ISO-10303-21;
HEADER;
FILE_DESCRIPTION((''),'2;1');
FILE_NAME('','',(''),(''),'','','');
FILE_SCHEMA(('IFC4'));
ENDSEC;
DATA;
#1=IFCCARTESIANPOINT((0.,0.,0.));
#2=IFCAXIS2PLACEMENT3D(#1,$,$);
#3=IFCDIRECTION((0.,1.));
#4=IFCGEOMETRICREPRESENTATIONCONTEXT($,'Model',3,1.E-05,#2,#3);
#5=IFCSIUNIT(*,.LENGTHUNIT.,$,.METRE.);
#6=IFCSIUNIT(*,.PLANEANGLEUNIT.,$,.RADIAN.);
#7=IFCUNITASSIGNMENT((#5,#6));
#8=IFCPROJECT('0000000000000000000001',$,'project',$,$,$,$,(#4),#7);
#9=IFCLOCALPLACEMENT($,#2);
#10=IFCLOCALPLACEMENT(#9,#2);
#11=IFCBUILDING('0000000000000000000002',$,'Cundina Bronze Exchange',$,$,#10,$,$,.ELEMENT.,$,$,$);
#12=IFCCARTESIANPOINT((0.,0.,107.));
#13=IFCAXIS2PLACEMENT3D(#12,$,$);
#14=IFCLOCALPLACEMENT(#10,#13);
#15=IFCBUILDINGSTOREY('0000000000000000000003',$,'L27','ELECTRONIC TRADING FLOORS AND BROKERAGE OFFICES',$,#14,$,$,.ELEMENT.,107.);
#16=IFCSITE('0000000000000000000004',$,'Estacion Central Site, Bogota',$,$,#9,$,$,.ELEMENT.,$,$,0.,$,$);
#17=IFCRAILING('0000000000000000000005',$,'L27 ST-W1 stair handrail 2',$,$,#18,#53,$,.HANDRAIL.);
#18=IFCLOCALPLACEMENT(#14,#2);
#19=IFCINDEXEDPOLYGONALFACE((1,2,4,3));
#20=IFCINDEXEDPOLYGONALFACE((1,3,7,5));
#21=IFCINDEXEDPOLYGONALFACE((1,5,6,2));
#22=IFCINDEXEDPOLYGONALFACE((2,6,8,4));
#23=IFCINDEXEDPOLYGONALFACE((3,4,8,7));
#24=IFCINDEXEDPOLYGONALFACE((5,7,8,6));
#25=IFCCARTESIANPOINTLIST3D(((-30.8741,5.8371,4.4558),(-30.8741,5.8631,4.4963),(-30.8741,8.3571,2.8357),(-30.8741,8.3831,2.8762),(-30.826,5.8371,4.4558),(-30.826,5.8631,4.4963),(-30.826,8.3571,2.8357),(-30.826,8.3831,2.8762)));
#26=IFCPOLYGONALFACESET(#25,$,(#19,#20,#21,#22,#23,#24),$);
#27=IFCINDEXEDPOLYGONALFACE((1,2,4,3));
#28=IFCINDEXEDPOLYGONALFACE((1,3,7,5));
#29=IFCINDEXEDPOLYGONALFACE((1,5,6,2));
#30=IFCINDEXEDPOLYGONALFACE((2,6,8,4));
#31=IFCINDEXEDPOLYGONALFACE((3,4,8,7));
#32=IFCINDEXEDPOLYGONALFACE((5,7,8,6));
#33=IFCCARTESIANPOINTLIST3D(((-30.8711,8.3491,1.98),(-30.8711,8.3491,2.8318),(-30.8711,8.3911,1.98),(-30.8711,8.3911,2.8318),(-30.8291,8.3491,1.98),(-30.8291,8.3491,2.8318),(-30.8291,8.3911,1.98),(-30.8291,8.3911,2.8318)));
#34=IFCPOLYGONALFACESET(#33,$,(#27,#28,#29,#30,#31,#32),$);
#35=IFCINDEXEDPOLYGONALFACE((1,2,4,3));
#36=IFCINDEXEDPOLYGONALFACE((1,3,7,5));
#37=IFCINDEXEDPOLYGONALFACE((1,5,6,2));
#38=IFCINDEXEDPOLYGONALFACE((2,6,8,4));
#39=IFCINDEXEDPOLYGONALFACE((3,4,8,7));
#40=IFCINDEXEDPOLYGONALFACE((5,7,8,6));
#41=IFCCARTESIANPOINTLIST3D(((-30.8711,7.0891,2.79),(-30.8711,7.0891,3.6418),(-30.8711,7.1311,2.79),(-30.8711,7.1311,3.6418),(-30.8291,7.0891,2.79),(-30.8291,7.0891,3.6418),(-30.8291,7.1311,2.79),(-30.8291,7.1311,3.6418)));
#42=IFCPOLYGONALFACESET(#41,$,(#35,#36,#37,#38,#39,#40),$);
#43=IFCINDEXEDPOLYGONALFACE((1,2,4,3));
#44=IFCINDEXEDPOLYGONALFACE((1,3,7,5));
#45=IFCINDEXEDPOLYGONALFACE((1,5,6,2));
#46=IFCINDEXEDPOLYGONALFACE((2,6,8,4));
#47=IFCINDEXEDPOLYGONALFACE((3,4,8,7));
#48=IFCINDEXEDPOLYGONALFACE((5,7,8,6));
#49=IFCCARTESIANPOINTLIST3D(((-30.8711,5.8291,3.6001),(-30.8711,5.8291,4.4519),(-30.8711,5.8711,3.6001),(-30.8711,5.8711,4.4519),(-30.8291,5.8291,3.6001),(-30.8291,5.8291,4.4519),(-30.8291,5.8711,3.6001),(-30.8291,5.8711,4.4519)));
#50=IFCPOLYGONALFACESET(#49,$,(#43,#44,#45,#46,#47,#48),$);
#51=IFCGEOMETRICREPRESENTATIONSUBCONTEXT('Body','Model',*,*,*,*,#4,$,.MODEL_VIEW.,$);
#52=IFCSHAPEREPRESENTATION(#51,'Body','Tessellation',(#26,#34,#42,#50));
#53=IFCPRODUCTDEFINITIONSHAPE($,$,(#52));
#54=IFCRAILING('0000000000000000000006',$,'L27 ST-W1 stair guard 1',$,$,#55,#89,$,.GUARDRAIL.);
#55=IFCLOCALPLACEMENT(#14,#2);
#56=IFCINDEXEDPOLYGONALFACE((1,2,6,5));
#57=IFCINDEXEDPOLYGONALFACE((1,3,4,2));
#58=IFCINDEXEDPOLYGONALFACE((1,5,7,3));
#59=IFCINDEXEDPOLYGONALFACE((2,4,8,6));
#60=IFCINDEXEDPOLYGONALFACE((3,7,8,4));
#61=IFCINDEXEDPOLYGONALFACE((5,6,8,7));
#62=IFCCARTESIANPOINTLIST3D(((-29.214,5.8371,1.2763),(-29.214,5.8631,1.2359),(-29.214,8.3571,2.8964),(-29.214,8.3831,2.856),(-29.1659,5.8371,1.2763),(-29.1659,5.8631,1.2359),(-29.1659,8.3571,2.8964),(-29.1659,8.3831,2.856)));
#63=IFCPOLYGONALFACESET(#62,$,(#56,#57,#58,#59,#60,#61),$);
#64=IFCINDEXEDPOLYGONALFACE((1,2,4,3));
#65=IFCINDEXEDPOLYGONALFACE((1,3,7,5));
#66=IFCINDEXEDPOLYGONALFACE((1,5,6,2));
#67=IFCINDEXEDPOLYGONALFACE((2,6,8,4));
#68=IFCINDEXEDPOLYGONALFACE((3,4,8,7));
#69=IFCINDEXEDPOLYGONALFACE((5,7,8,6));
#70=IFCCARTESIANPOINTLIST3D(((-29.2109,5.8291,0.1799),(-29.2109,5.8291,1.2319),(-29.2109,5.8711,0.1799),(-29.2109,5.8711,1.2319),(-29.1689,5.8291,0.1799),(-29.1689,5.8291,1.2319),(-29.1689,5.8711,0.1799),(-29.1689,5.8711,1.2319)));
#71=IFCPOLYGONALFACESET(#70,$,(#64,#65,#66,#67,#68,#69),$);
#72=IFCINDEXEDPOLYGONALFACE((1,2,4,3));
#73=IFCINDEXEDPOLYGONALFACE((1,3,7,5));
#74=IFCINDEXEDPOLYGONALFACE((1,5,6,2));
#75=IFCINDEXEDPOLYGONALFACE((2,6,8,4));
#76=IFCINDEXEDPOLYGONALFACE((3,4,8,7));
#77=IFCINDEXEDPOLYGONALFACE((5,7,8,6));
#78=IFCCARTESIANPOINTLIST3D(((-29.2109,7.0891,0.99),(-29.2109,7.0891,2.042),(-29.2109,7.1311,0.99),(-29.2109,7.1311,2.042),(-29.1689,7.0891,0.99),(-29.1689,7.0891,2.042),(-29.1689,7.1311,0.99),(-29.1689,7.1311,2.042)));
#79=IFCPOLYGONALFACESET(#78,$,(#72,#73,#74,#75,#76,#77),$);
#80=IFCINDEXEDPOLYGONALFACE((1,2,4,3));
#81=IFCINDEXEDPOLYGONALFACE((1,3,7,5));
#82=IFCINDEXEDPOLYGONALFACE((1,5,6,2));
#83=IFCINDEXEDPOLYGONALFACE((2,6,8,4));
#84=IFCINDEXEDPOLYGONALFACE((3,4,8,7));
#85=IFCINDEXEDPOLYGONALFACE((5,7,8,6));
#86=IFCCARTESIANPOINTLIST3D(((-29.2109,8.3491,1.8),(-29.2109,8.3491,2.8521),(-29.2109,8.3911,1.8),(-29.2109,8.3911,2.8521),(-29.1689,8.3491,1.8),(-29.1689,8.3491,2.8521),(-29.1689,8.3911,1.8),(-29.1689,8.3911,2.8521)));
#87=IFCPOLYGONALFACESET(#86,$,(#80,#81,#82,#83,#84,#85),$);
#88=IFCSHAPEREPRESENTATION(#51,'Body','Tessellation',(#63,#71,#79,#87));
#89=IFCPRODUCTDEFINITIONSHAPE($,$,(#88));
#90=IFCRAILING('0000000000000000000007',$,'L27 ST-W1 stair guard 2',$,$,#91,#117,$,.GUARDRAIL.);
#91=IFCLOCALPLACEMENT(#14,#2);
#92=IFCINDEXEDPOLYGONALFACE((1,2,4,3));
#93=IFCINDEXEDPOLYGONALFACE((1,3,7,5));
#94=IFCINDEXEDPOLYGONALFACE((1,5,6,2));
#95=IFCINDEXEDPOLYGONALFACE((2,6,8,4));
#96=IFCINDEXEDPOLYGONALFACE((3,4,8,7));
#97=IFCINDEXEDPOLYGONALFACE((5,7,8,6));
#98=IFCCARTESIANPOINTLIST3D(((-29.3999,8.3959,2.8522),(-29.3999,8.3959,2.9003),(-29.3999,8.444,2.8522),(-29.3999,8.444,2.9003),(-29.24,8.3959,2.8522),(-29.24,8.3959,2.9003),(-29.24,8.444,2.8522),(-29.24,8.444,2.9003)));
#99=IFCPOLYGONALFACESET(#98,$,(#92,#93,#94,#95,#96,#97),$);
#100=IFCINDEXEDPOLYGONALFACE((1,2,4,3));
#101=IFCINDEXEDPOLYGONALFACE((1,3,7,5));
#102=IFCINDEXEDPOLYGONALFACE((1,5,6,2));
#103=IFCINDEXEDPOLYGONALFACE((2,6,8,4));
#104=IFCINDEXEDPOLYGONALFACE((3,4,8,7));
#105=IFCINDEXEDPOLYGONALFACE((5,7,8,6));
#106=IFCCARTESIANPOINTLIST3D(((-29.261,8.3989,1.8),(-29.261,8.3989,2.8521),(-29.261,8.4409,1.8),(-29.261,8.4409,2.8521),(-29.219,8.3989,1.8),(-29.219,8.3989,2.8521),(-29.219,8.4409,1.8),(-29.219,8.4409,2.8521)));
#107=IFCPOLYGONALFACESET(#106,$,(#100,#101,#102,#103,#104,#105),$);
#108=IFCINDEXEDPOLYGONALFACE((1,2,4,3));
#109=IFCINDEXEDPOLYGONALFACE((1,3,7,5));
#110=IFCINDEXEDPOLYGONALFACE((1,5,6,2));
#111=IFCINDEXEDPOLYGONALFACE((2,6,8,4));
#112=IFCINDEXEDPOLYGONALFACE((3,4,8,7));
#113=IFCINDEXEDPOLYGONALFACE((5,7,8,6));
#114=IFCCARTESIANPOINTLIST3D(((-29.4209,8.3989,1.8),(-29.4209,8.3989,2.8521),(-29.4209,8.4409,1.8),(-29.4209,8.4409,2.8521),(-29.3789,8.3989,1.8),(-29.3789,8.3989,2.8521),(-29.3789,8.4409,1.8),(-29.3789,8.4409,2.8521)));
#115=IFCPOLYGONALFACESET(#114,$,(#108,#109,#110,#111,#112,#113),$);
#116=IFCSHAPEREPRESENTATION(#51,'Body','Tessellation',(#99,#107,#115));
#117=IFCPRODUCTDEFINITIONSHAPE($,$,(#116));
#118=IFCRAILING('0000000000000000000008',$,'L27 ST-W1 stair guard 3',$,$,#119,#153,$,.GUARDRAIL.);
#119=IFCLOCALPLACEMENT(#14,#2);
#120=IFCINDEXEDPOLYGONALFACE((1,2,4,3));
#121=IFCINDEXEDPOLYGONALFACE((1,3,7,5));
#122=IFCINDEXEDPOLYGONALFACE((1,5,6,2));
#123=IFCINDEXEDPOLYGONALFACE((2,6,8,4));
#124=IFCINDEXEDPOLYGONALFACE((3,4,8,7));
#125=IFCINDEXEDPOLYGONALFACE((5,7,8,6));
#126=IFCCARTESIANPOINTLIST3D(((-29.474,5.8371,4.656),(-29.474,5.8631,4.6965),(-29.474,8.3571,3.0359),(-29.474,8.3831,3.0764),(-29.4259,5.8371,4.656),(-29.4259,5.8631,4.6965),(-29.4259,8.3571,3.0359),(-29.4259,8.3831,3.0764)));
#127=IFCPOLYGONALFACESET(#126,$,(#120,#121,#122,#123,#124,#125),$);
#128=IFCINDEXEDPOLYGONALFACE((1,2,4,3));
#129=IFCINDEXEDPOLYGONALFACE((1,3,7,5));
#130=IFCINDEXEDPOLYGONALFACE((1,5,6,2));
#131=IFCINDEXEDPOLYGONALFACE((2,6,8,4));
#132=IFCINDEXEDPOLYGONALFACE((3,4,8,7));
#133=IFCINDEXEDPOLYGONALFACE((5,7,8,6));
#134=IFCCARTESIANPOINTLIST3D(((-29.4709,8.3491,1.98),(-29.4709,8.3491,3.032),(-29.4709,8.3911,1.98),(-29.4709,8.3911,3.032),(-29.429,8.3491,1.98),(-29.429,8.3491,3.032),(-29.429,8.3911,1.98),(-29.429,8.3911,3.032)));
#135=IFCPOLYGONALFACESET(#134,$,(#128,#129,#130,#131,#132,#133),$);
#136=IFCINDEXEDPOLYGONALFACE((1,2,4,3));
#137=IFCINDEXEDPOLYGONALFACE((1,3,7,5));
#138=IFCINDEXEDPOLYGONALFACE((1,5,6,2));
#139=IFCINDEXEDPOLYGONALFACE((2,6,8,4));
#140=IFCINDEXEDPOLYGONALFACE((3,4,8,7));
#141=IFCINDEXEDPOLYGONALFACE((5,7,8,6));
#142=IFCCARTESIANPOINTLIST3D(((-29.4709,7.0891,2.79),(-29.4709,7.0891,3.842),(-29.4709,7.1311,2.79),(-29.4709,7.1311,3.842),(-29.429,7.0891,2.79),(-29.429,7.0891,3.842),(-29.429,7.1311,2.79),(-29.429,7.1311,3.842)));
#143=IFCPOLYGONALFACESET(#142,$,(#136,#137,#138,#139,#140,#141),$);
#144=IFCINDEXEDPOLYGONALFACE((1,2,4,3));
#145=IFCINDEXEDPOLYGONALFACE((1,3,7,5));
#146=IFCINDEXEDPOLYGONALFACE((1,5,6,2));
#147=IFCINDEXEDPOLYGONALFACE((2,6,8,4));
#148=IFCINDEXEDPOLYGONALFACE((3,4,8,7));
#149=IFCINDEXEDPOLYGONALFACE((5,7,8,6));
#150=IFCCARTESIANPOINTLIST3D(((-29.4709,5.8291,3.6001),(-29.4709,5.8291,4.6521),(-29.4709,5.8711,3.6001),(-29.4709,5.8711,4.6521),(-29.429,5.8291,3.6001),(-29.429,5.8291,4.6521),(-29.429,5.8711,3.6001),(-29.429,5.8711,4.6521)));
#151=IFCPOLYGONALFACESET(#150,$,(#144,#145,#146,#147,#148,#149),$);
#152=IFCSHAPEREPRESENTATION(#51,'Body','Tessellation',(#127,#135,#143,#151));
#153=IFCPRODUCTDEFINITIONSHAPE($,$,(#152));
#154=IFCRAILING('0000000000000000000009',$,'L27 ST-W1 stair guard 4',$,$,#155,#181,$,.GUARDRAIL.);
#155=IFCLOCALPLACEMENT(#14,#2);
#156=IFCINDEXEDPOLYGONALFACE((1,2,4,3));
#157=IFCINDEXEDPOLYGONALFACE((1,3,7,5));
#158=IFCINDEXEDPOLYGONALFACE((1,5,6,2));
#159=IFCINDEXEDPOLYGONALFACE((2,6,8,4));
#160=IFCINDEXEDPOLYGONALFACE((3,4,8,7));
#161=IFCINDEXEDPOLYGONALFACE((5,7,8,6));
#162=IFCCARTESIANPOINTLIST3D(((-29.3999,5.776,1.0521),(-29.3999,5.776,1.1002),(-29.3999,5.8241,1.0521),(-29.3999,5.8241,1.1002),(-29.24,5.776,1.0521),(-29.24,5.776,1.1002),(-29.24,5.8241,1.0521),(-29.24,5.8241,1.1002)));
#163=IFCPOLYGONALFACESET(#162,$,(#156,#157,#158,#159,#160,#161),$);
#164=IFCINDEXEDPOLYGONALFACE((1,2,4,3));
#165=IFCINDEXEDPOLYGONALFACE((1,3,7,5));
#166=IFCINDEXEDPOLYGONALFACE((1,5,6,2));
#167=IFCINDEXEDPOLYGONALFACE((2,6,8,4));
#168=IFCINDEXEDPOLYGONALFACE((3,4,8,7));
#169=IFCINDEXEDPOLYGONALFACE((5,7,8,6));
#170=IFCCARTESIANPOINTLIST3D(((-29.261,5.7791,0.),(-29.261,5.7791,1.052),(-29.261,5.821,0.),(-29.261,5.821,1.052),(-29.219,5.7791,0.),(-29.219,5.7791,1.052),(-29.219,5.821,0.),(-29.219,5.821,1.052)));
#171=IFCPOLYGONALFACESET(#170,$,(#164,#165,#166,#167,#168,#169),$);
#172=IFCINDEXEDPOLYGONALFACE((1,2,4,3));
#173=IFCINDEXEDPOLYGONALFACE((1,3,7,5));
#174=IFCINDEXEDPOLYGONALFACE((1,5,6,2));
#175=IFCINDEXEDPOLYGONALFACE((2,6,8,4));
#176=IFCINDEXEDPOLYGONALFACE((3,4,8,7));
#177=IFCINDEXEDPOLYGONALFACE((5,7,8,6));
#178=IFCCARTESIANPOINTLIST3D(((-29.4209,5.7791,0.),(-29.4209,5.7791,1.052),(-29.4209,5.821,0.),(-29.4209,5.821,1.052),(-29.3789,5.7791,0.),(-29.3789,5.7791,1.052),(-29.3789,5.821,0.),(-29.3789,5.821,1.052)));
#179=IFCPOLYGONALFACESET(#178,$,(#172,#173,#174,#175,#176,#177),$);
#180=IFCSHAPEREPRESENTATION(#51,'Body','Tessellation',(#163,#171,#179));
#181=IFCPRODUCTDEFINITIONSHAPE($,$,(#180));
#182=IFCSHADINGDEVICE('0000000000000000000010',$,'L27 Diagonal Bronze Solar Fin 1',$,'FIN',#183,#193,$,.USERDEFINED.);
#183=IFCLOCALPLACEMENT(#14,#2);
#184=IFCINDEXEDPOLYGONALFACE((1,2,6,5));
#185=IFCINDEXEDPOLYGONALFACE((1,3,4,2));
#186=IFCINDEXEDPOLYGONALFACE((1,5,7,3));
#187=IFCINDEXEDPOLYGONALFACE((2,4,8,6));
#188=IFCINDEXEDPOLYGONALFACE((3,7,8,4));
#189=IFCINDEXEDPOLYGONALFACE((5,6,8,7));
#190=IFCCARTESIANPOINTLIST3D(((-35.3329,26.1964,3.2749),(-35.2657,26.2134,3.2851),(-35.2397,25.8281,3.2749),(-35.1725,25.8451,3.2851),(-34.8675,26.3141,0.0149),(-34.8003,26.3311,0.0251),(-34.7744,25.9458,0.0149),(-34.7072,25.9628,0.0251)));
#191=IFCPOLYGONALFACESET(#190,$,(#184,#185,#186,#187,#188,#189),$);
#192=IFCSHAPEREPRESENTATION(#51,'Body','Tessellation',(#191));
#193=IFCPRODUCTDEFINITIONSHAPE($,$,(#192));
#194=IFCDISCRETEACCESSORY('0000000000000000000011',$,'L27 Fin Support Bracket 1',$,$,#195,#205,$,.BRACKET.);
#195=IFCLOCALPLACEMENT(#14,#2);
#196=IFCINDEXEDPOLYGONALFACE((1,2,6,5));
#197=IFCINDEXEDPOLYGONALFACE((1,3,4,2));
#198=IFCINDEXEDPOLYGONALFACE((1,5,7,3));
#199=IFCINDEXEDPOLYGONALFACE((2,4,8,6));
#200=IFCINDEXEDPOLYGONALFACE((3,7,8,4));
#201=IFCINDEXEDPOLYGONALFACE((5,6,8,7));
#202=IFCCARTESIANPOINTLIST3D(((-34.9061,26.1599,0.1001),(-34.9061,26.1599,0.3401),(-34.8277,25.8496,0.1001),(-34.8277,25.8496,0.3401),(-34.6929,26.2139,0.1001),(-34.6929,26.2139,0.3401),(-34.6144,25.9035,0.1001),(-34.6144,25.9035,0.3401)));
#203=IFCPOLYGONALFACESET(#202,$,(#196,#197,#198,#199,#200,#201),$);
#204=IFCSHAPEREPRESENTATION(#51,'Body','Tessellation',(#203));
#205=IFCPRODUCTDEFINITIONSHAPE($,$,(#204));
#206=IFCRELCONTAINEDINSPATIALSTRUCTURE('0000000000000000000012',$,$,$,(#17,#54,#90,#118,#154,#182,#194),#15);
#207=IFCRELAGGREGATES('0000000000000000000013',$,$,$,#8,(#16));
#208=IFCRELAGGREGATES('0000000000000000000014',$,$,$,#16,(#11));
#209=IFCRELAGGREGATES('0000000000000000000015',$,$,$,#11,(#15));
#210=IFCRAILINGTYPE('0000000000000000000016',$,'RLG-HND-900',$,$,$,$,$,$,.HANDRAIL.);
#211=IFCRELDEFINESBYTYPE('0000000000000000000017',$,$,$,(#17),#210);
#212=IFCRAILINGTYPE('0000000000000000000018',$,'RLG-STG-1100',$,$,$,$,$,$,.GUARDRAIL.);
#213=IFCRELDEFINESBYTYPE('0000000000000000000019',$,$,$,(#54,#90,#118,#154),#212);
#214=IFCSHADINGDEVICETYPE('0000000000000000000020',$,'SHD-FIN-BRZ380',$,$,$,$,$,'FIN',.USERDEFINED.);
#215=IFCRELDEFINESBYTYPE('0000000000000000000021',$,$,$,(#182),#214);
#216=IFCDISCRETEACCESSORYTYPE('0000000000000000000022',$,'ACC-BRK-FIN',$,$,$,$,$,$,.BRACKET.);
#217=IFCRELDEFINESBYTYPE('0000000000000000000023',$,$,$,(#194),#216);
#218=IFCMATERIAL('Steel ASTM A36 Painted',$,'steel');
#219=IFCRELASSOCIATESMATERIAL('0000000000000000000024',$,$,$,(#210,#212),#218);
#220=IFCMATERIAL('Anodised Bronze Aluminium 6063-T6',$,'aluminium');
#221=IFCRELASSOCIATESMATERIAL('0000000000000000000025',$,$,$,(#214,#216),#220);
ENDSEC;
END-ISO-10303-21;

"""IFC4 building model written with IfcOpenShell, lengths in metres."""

from ifc_helpers import new_model, si_unit, direction, frame, origin, origin_2d, place, context, subcontext, project, spatial, rectangle, extrude, material, material_profile, profile_set, type_object, element, save


model = new_model("IFC4")

# Units and contexts
model_context = context("Model", 3, precision=1e-05, world=origin(), true_north=direction((0.0, 1.0)))
body_context = subcontext(model_context, "Body", "Model", "MODEL_VIEW")
ifc_project = project(units=[si_unit("LENGTHUNIT", "METRE"), si_unit("PLANEANGLEUNIT", "RADIAN")], contexts=[model_context])

# Site, building, storey
site_placement = place(None, origin())
site = spatial("IfcSite", under=ifc_project, at=site_placement, Name="Estacion Central Site, Bogota", CompositionType="ELEMENT", RefElevation=0.0)
building_placement = place(site_placement, origin())
building = spatial("IfcBuilding", under=site, at=building_placement, Name="Cundina Bronze Exchange", CompositionType="ELEMENT")
storey_placement = place(building_placement, frame((0.0, 0.0, 107.0)))
storey = spatial("IfcBuildingStorey", under=building, at=storey_placement, Name="L27", Description="ELECTRONIC TRADING FLOORS AND BROKERAGE OFFICES", CompositionType="ELEMENT", Elevation=107.0)

# Shared definitions
ifc_material_1 = material(Name="Anodised Bronze Aluminium 6063-T6", Category="aluminium")

# Shared definitions
ifc_material_2 = material(Name="Steel ASTM A36 Painted", Category="steel")

# Railings
railing_type_1 = type_object("IfcRailingType", Name="RLG-HND-900", PredefinedType="HANDRAIL", material=ifc_material_2)
railing_1_placement = place(storey_placement, frame((-30.8501, 8.3701, 1.98)))
element("IfcRailing", 1, at=railing_1_placement, inside=storey, type_object=railing_type_1, Name="L27 ST-W1 stair handrail 2", PredefinedType="HANDRAIL", context=body_context, shape_type="SweptSolid", body=[
    extrude(rectangle(XDim=0.0481, YDim=0.0481, at=origin_2d()), frame((0.0, 0.0, 0.876), z_axis=(0.0, -0.841163, 0.540782), x_axis=(1.0, 0.0, 0.0)), (0.0, 0.0, 1.0), 2.9958),
    extrude(rectangle(XDim=0.042, YDim=0.042, at=origin_2d()), origin(), (0.0, 0.0, 1.0), 0.8518),
    extrude(rectangle(XDim=0.042, YDim=0.042, at=origin_2d()), frame((0.0, -1.26, 0.8101)), (0.0, 0.0, 1.0), 0.8518),
    extrude(rectangle(XDim=0.042, YDim=0.042, at=origin_2d()), frame((0.0, -2.52, 1.6201)), (0.0, 0.0, 1.0), 0.8518),
])
railing_type_2 = type_object("IfcRailingType", Name="RLG-STG-1100", PredefinedType="GUARDRAIL", material=ifc_material_2)
railing_2_placement = place(storey_placement, frame((-29.1899, 5.8501, 0.1799)))
element("IfcRailing", 2, at=railing_2_placement, inside=storey, type_object=railing_type_2, Name="L27 ST-W1 stair guard 1", PredefinedType="GUARDRAIL", context=body_context, shape_type="SweptSolid", body=[
    extrude(rectangle(XDim=0.0481, YDim=0.0481, at=origin_2d()), frame((0.0, 0.0, 1.0762), z_axis=(0.0, 0.841163, 0.540782), x_axis=(-1.0, 0.0, 0.0)), (0.0, 0.0, 1.0), 2.9958),
    extrude(rectangle(XDim=0.042, YDim=0.042, at=origin_2d()), origin(), (0.0, 0.0, 1.0), 1.052),
    extrude(rectangle(XDim=0.042, YDim=0.042, at=origin_2d()), frame((0.0, 1.26, 0.8101)), (0.0, 0.0, 1.0), 1.052),
    extrude(rectangle(XDim=0.042, YDim=0.042, at=origin_2d()), frame((0.0, 2.52, 1.6201)), (0.0, 0.0, 1.0), 1.052),
])
railing_3_placement = place(storey_placement, frame((-29.24, 8.4199, 1.8)))
element("IfcRailing", 3, at=railing_3_placement, inside=storey, type_object=railing_type_2, Name="L27 ST-W1 stair guard 2", PredefinedType="GUARDRAIL", context=body_context, shape_type="SweptSolid", body=[
    extrude(rectangle(XDim=0.0481, YDim=0.0481, at=origin_2d()), frame((0.0, 0.0, 1.0762), z_axis=(-1.0, 0.0, 0.0), x_axis=(0.0, -1.0, 0.0)), (0.0, 0.0, 1.0), 0.1599),
    extrude(rectangle(XDim=0.042, YDim=0.042, at=origin_2d()), origin(), (0.0, 0.0, 1.0), 1.052),
    extrude(rectangle(XDim=0.042, YDim=0.042, at=origin_2d()), frame((-0.1599, 0.0, 0.0)), (0.0, 0.0, 1.0), 1.052),
])
railing_4_placement = place(storey_placement, frame((-29.45, 8.3701, 1.98)))
element("IfcRailing", 4, at=railing_4_placement, inside=storey, type_object=railing_type_2, Name="L27 ST-W1 stair guard 3", PredefinedType="GUARDRAIL", context=body_context, shape_type="SweptSolid", body=[
    extrude(rectangle(XDim=0.0481, YDim=0.0481, at=origin_2d()), frame((0.0, 0.0, 1.0762), z_axis=(0.0, -0.841163, 0.540782), x_axis=(1.0, 0.0, 0.0)), (0.0, 0.0, 1.0), 2.9958),
    extrude(rectangle(XDim=0.042, YDim=0.042, at=origin_2d()), origin(), (0.0, 0.0, 1.0), 1.052),
    extrude(rectangle(XDim=0.042, YDim=0.042, at=origin_2d()), frame((0.0, -1.26, 0.8101)), (0.0, 0.0, 1.0), 1.052),
    extrude(rectangle(XDim=0.042, YDim=0.042, at=origin_2d()), frame((0.0, -2.52, 1.6201)), (0.0, 0.0, 1.0), 1.052),
])
railing_5_placement = place(storey_placement, frame((-29.24, 5.8, 0.0)))
element("IfcRailing", 5, at=railing_5_placement, inside=storey, type_object=railing_type_2, Name="L27 ST-W1 stair guard 4", PredefinedType="GUARDRAIL", context=body_context, shape_type="SweptSolid", body=[
    extrude(rectangle(XDim=0.0481, YDim=0.0481, at=origin_2d()), frame((0.0, 0.0, 1.0762), z_axis=(-1.0, 0.0, 0.0), x_axis=(0.0, -1.0, 0.0)), (0.0, 0.0, 1.0), 0.1599),
    extrude(rectangle(XDim=0.042, YDim=0.042, at=origin_2d()), origin(), (0.0, 0.0, 1.0), 1.052),
    extrude(rectangle(XDim=0.042, YDim=0.042, at=origin_2d()), frame((-0.1599, 0.0, 0.0)), (0.0, 0.0, 1.0), 1.052),
])

# Shading device
ifc_material_profile_1 = material_profile(ifc_material_1, rectangle(XDim=0.0701, YDim=0.3799, at=origin_2d()), Name="FIN70X380", Category="aluminium")
ifc_profile_set_1 = profile_set([ifc_material_profile_1], Name="Anodised Bronze Aluminium 6063-T6")
shading_device_type = type_object("IfcShadingDeviceType", Name="SHD-FIN-BRZ380", ElementType="FIN", PredefinedType="USERDEFINED", material=ifc_profile_set_1)
shading_device_placement = place(storey_placement, frame((-34.7874, 26.1384, 0.02), z_axis=(-0.141217, -0.035712, 0.989334), x_axis=(0.959141, 0.242553, 0.145663)))
element("IfcShadingDevice", 6, at=shading_device_placement, inside=storey, type_object=shading_device_type, Name="L27 Diagonal Bronze Solar Fin 1", ObjectType="FIN", PredefinedType="USERDEFINED", context=body_context, shape_type="SweptSolid", body=[
    extrude(rectangle(XDim=0.0701, YDim=0.3799, at=origin_2d()), origin(), (0.0, 0.0, 1.0), 3.2952),
])

# Discrete accessory
discrete_accessory_type = type_object("IfcDiscreteAccessoryType", Name="ACC-BRK-FIN", PredefinedType="BRACKET", material=ifc_material_1)
discrete_accessory_placement = place(storey_placement, frame((-34.7603, 26.0317, 0.1001), z_axis=(0.0, 0.0, 1.0), x_axis=(-0.969488, -0.245138, 0.0)))
element("IfcDiscreteAccessory", 7, at=discrete_accessory_placement, inside=storey, type_object=discrete_accessory_type, Name="L27 Fin Support Bracket 1", PredefinedType="BRACKET", context=body_context, shape_type="SweptSolid", body=[
    extrude(rectangle(XDim=0.22, YDim=0.3201, at=origin_2d()), origin(), (0.0, 0.0, 1.0), 0.24),
])

save(model, "model.ifc")
